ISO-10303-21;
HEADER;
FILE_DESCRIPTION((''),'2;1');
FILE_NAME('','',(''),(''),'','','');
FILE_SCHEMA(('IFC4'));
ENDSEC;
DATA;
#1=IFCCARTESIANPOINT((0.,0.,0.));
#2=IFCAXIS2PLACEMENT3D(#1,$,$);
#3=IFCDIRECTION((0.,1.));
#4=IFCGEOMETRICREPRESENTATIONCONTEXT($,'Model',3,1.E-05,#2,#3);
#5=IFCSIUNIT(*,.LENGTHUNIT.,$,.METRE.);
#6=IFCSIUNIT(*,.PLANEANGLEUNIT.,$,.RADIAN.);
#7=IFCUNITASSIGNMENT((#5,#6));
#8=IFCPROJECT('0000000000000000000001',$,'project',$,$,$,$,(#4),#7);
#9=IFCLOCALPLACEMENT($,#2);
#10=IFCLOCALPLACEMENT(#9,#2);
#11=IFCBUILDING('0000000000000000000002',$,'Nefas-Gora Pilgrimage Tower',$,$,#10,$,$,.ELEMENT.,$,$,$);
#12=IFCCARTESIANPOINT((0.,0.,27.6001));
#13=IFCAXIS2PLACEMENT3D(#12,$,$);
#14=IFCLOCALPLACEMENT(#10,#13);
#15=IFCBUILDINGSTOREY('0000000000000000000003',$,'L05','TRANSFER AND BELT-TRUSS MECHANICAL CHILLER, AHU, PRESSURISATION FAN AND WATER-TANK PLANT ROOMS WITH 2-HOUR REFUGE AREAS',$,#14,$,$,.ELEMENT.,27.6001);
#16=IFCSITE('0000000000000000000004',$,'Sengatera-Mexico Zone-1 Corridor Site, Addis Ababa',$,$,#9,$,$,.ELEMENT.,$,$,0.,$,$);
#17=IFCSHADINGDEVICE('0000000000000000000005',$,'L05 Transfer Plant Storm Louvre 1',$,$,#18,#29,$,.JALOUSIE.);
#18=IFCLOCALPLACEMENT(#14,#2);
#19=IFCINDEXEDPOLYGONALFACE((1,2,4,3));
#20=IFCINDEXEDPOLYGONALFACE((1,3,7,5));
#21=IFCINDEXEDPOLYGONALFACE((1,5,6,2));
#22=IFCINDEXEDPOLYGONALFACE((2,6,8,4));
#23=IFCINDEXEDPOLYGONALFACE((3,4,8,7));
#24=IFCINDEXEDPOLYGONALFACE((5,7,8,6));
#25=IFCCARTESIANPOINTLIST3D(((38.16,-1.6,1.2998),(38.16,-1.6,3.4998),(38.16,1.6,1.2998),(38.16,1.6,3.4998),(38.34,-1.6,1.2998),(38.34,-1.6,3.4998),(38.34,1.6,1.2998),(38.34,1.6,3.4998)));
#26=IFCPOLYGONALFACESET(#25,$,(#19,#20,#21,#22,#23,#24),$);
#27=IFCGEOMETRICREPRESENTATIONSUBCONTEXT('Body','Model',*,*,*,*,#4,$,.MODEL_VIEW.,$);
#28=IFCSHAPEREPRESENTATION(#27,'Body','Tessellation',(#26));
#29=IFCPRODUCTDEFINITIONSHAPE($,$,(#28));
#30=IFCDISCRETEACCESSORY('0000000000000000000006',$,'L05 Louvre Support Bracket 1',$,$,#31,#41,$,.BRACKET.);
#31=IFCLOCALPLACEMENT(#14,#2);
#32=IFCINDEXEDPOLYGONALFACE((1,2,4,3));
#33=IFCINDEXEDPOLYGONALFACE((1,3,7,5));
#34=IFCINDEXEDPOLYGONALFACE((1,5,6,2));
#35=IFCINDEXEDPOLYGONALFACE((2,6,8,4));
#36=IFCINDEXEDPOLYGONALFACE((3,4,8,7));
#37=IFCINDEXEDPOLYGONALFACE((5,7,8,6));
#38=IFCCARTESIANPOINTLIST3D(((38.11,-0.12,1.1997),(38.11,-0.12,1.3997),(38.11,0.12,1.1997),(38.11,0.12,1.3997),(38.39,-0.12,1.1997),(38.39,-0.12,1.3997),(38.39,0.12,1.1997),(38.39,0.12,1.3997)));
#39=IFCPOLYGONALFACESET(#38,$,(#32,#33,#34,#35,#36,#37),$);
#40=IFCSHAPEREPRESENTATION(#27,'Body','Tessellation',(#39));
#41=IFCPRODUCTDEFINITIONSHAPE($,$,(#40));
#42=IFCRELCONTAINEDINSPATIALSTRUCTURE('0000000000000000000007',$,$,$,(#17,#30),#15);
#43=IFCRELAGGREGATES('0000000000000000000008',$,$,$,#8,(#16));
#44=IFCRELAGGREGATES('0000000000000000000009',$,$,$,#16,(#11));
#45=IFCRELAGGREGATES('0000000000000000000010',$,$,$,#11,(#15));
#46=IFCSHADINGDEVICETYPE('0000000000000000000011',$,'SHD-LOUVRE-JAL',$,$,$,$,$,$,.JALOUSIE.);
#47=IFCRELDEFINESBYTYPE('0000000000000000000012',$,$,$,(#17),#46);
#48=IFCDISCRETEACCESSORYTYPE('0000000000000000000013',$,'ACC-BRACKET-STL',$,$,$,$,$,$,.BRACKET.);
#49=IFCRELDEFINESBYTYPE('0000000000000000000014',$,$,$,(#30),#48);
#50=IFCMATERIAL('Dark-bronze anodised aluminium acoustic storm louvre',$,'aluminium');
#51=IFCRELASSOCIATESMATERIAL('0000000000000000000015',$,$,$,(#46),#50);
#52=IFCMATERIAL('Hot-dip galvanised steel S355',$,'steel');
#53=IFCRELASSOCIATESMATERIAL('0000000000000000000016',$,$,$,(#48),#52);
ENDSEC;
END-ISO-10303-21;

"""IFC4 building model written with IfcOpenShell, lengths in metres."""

from ifc_helpers import new_model, si_unit, direction, frame, origin, origin_2d, place, context, subcontext, project, spatial, rectangle, extrude, source, transform, mapped, material, type_object, element, save


model = new_model("IFC4")

# Units and contexts
model_context = context("Model", 3, precision=1e-05, world=origin(), true_north=direction((0.0, 1.0)))
body_context = subcontext(model_context, "Body", "Model", "MODEL_VIEW")
ifc_project = project(units=[si_unit("LENGTHUNIT", "METRE"), si_unit("PLANEANGLEUNIT", "RADIAN")], contexts=[model_context])

# Site, building, storey
site_placement = place(None, origin())
site = spatial("IfcSite", under=ifc_project, at=site_placement, Name="Sengatera-Mexico Zone-1 Corridor Site, Addis Ababa", CompositionType="ELEMENT", RefElevation=0.0)
building_placement = place(site_placement, origin())
building = spatial("IfcBuilding", under=site, at=building_placement, Name="Nefas-Gora Pilgrimage Tower", CompositionType="ELEMENT")
storey_placement = place(building_placement, frame((0.0, 0.0, 27.6001)))
storey = spatial("IfcBuildingStorey", under=building, at=storey_placement, Name="L05", Description="TRANSFER AND BELT-TRUSS MECHANICAL CHILLER, AHU, PRESSURISATION FAN AND WATER-TANK PLANT ROOMS WITH 2-HOUR REFUGE AREAS", CompositionType="ELEMENT", Elevation=27.6001)

# Shading device
ifc_material_1 = material(Name="Dark-bronze anodised aluminium acoustic storm louvre", Category="aluminium")
shading_device_type = type_object("IfcShadingDeviceType", Name="SHD-LOUVRE-JAL", PredefinedType="JALOUSIE", material=ifc_material_1)
shared_shape_1 = source(origin(), body_context, "Body", "SweptSolid", [
    extrude(rectangle(XDim=3.2, YDim=0.1799, at=origin_2d()), origin(), (0.0, 0.0, 1.0), 2.2),
])
shading_device_placement = place(storey_placement, frame((38.25, 0.0, 1.2998), z_axis=(0.0, 0.0, 1.0), x_axis=(0.0, 1.0, 0.0)))
element("IfcShadingDevice", 1, at=shading_device_placement, inside=storey, type_object=shading_device_type, Name="L05 Transfer Plant Storm Louvre 1", PredefinedType="JALOUSIE", context=body_context, shape_type="MappedRepresentation", body=[
    mapped(shared_shape_1, transform((0.0, 0.0, 0.0), x_axis=(1.0, 0.0, 0.0), y_axis=(0.0, 1.0, 0.0), z_axis=(0.0, 0.0, 1.0), scale=1.0)),
])

# Discrete accessory
ifc_material_2 = material(Name="Hot-dip galvanised steel S355", Category="steel")
discrete_accessory_type = type_object("IfcDiscreteAccessoryType", Name="ACC-BRACKET-STL", PredefinedType="BRACKET", material=ifc_material_2)
shared_shape_2 = source(origin(), body_context, "Body", "SweptSolid", [
    extrude(rectangle(XDim=0.24, YDim=0.28, at=origin_2d()), origin(), (0.0, 0.0, 1.0), 0.2),
])
discrete_accessory_placement = place(storey_placement, frame((38.25, 0.0, 1.1997), z_axis=(0.0, 0.0, 1.0), x_axis=(0.0, 1.0, 0.0)))
element("IfcDiscreteAccessory", 2, at=discrete_accessory_placement, inside=storey, type_object=discrete_accessory_type, Name="L05 Louvre Support Bracket 1", PredefinedType="BRACKET", context=body_context, shape_type="MappedRepresentation", body=[
    mapped(shared_shape_2, transform((0.0, 0.0, 0.0), x_axis=(1.0, 0.0, 0.0), y_axis=(0.0, 1.0, 0.0), z_axis=(0.0, 0.0, 1.0), scale=1.0)),
])

save(model, "model.ifc")
